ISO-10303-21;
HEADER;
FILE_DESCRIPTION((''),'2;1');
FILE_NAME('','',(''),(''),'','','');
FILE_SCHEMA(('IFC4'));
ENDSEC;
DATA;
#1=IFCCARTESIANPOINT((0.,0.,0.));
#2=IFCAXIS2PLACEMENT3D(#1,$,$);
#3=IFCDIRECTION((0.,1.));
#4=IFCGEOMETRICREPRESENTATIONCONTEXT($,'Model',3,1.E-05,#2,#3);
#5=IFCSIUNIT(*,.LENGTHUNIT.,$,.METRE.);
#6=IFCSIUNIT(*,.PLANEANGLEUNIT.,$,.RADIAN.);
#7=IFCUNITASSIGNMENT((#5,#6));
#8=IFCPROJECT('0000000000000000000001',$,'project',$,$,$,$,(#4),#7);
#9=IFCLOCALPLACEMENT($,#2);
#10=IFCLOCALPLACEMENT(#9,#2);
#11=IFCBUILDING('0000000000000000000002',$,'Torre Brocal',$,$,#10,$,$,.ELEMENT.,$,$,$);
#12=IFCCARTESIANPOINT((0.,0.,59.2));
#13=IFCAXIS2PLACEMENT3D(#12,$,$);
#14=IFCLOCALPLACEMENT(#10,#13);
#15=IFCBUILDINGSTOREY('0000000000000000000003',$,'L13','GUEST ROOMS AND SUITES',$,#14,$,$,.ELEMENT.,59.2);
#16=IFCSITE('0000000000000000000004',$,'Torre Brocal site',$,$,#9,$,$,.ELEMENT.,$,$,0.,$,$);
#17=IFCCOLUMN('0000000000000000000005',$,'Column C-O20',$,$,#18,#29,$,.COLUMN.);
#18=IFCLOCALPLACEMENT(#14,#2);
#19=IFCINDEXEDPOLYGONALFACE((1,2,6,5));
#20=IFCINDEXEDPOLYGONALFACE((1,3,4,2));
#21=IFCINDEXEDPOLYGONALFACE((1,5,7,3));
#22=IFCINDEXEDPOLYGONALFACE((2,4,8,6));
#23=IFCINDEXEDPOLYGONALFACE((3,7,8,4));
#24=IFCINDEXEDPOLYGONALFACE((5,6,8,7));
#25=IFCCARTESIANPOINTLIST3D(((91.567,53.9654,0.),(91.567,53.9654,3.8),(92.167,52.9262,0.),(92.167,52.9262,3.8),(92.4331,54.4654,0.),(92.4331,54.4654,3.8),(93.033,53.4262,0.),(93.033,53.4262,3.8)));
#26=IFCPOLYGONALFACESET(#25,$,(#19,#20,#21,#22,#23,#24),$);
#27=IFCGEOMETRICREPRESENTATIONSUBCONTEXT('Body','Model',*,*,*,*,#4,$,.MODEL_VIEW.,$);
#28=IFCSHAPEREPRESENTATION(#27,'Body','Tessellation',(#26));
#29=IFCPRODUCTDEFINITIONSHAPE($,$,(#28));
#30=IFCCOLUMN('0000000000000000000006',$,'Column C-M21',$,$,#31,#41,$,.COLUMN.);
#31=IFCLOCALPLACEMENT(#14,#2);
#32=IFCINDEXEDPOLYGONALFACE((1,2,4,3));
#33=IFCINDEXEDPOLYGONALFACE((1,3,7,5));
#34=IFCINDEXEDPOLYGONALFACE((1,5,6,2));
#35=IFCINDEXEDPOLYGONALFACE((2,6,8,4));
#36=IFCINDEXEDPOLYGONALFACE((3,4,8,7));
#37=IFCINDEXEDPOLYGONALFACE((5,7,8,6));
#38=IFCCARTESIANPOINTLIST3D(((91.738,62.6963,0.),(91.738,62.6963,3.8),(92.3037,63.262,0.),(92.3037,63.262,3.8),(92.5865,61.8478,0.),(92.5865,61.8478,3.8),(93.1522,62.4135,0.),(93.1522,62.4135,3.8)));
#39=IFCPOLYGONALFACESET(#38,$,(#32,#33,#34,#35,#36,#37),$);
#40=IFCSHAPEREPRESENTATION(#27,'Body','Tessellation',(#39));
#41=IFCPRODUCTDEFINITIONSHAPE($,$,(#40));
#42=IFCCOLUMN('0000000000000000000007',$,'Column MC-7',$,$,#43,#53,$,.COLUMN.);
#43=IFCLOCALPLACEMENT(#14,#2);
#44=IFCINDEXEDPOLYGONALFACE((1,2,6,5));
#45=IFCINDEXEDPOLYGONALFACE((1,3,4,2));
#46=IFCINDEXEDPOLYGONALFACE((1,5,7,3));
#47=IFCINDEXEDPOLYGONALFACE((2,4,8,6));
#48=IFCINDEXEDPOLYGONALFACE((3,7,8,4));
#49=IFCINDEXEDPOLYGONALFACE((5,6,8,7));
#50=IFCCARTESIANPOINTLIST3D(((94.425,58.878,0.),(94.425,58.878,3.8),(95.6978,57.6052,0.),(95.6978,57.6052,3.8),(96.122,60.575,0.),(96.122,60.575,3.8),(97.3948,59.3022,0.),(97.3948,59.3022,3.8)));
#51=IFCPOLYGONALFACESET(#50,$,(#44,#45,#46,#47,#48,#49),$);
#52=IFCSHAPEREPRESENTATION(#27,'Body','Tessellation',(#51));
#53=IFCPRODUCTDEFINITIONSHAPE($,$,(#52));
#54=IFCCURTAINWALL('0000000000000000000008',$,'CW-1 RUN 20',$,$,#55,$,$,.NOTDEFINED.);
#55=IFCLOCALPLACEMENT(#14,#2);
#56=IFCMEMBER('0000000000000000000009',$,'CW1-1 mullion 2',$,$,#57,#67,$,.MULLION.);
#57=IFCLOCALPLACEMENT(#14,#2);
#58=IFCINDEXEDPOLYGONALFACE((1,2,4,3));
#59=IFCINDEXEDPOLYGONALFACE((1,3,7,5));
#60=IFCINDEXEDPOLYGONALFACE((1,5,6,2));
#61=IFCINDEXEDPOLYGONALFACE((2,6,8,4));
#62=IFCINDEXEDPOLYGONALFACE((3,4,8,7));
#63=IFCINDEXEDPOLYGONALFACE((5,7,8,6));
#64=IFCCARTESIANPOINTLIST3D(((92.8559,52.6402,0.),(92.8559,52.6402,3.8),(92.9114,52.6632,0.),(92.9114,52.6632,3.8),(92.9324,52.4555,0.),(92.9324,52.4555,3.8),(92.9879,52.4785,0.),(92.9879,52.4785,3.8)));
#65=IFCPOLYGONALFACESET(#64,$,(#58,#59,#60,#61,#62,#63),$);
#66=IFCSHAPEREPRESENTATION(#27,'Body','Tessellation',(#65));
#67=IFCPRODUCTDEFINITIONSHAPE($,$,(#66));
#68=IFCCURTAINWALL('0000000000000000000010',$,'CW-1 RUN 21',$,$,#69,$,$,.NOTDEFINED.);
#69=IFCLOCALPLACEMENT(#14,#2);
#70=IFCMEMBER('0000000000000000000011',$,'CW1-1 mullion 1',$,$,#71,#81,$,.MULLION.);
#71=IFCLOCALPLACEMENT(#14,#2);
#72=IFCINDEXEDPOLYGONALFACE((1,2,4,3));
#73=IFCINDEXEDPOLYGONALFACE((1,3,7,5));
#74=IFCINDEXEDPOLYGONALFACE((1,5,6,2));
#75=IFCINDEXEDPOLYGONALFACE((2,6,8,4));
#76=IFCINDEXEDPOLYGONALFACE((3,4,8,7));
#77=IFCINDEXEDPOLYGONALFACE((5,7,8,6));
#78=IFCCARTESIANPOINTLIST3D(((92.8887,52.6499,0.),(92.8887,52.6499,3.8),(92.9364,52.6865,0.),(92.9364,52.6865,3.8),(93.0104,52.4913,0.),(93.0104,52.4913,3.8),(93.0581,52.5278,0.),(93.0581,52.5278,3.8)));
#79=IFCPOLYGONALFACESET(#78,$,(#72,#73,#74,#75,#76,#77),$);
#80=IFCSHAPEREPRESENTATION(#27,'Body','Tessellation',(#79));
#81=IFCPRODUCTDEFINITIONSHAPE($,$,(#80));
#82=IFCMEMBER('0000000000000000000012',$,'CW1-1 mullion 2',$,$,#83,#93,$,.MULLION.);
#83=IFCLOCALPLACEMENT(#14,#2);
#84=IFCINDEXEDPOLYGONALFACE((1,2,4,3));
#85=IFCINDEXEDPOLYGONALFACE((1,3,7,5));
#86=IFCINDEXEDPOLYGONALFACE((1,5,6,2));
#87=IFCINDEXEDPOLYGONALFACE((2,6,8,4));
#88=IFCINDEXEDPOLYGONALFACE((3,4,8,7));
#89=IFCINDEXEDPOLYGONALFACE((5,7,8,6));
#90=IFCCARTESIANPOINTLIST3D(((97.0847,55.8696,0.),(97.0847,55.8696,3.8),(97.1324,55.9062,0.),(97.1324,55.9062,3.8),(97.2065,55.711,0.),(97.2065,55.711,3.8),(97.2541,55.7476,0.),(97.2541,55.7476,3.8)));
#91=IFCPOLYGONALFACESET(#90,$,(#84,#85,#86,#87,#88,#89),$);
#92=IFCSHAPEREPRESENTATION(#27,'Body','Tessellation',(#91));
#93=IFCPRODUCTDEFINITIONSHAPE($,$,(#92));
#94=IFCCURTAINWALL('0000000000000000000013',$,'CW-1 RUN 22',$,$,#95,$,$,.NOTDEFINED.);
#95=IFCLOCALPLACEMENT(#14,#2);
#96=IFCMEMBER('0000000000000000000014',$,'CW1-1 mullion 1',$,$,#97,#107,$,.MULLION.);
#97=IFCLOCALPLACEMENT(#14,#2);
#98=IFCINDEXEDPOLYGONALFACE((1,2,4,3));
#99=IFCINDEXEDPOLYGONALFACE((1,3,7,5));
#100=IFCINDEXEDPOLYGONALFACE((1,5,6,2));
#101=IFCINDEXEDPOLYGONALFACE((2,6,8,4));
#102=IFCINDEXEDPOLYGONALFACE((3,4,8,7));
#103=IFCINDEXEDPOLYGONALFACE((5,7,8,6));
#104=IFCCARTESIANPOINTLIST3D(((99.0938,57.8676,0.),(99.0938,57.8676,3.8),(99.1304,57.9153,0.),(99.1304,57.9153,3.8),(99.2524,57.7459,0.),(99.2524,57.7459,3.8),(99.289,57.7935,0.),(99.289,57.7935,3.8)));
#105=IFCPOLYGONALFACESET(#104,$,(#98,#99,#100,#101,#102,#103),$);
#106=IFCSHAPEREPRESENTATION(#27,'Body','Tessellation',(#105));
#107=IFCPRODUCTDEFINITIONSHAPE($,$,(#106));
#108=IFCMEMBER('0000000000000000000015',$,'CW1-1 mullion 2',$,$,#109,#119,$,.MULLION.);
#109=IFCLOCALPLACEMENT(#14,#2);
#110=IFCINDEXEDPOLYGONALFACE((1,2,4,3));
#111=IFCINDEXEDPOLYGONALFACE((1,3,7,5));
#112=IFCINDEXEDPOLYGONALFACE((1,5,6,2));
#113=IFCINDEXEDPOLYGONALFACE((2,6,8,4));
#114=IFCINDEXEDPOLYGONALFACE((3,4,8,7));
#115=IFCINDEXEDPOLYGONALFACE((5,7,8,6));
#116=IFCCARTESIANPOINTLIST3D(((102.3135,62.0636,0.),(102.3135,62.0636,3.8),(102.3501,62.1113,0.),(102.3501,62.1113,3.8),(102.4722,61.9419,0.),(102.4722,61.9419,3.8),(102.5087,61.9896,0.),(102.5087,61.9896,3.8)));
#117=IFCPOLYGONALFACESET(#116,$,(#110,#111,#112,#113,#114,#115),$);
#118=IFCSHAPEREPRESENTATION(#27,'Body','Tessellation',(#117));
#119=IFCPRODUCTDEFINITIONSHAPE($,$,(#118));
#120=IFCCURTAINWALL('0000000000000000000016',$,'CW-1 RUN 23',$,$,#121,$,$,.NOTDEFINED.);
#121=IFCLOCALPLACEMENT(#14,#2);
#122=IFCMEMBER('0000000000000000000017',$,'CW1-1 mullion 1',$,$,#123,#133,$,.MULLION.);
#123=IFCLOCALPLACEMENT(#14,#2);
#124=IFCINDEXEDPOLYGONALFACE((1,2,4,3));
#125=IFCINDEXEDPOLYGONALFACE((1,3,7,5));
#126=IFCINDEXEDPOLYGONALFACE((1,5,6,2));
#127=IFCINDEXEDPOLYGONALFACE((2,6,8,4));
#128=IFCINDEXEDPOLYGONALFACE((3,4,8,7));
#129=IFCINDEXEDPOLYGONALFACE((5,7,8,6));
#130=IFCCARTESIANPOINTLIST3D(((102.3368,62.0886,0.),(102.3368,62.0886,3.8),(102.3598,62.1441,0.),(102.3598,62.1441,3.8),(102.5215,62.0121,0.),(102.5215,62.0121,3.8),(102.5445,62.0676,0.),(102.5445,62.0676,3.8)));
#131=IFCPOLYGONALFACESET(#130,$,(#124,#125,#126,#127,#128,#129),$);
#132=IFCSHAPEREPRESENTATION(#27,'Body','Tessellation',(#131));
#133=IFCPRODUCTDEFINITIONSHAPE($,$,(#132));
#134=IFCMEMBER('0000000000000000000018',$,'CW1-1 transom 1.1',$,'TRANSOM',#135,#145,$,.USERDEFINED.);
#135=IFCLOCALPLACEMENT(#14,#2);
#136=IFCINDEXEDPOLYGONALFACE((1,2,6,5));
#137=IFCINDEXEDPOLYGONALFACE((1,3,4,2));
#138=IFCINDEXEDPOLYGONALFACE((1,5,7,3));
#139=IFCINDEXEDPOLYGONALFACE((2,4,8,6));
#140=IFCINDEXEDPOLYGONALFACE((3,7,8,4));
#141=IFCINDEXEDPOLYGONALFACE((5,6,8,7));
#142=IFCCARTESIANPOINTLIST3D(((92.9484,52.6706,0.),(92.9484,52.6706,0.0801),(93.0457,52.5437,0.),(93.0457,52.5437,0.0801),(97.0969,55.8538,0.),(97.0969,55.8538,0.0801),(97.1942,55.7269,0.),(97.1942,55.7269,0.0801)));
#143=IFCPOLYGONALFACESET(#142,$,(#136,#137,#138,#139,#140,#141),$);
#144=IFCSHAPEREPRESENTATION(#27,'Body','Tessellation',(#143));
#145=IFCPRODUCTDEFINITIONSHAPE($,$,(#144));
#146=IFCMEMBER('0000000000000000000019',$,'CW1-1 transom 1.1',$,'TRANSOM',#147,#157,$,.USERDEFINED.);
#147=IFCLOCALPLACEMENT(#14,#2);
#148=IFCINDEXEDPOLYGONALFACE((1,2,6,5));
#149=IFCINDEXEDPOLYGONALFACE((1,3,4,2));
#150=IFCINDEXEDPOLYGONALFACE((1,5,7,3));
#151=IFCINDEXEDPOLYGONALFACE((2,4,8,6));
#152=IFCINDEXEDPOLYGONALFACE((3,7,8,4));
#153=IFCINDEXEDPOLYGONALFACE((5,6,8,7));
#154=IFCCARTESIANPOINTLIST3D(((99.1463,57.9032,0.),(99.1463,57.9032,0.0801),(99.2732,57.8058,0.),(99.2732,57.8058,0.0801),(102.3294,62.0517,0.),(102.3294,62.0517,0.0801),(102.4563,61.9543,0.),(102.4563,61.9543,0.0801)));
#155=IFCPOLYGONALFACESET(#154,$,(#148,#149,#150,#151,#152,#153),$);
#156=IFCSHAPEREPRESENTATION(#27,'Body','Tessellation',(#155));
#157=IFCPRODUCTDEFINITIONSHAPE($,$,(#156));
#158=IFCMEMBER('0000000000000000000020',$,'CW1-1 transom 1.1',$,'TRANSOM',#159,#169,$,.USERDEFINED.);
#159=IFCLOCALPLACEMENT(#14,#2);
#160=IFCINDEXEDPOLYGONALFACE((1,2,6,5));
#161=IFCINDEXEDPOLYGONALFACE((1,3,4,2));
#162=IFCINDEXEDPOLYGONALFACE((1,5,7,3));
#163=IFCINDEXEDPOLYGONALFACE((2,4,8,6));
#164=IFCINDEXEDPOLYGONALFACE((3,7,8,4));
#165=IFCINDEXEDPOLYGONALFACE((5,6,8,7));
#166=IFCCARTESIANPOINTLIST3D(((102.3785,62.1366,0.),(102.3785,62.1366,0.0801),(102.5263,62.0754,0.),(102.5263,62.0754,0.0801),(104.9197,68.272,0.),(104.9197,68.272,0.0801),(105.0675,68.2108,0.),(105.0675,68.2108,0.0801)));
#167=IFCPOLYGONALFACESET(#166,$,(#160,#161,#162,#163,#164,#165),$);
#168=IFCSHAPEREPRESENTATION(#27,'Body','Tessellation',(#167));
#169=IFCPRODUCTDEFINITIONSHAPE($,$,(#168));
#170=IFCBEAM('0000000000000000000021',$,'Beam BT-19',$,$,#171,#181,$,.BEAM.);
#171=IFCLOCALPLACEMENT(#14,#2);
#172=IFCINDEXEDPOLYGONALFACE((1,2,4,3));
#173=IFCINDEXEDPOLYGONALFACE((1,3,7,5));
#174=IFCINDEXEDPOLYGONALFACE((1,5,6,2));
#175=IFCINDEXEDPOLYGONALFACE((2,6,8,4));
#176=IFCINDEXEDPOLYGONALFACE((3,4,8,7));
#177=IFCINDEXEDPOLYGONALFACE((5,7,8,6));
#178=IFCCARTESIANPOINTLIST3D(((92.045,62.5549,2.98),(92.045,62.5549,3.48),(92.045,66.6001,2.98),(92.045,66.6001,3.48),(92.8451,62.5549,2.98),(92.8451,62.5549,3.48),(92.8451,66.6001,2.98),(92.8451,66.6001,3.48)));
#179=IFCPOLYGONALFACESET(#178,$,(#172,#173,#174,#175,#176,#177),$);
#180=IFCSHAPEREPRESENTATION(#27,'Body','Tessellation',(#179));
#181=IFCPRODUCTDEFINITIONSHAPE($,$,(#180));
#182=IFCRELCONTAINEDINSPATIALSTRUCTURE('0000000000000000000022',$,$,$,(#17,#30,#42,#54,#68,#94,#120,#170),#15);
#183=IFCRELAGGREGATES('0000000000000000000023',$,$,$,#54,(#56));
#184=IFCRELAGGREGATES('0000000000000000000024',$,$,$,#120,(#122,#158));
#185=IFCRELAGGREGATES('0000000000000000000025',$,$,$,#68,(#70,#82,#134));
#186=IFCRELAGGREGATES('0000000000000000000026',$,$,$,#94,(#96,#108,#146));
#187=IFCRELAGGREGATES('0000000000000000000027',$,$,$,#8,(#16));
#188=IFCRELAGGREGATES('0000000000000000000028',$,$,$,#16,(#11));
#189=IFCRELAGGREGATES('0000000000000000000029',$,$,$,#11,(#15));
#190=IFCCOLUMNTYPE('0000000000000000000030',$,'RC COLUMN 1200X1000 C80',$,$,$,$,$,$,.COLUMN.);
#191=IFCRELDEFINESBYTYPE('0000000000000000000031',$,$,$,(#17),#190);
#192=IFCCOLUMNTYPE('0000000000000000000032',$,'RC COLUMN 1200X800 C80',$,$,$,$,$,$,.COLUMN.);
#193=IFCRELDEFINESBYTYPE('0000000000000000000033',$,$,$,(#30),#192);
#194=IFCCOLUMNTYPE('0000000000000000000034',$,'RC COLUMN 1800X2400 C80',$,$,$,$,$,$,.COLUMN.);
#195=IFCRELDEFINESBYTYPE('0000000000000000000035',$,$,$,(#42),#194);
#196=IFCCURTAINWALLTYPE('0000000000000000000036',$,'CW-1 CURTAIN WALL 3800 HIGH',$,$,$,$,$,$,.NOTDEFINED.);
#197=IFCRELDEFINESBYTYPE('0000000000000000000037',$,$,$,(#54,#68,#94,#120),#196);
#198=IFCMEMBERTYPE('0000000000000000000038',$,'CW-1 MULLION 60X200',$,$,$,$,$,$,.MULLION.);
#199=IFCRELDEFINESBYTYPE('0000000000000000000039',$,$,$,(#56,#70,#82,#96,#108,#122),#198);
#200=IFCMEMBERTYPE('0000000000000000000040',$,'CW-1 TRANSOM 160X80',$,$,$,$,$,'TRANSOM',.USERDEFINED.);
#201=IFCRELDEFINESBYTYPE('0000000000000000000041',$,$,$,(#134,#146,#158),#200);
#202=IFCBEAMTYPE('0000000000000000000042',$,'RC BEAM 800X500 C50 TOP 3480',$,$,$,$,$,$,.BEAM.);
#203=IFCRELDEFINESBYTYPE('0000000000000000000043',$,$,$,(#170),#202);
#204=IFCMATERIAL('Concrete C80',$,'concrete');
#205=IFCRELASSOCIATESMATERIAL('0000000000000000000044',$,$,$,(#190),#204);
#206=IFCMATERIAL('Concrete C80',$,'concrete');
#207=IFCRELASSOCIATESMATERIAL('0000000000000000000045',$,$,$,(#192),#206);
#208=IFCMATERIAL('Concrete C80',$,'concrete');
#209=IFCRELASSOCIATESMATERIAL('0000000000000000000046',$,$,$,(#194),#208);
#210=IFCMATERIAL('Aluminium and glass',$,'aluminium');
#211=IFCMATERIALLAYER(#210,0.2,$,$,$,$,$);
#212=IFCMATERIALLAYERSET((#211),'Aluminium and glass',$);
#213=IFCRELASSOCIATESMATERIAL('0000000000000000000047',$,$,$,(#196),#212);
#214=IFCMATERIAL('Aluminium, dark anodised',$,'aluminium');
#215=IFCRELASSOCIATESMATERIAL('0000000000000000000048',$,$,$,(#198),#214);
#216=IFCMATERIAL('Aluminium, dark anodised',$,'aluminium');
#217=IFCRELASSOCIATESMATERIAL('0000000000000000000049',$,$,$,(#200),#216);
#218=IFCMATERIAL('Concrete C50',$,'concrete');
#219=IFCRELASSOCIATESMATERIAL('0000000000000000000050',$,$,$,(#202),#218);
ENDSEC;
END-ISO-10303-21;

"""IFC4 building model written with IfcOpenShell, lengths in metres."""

from ifc_helpers import new_model, si_unit, direction, frame, origin, origin_2d, place, context, subcontext, project, spatial, rectangle, extrude, material, layer, layer_set, material_profile, profile_set, type_object, element, aggregate, save


model = new_model("IFC4")

# Units and contexts
model_context = context("Model", 3, precision=1e-05, world=origin(), true_north=direction((0.0, 1.0)))
body_context = subcontext(model_context, "Body", "Model", "MODEL_VIEW")
ifc_project = project(units=[si_unit("LENGTHUNIT", "METRE"), si_unit("PLANEANGLEUNIT", "RADIAN")], contexts=[model_context])

# Site, building, storey
site_placement = place(None, origin())
site = spatial("IfcSite", under=ifc_project, at=site_placement, Name="Torre Brocal site", CompositionType="ELEMENT", RefElevation=0.0)
building_placement = place(site_placement, origin())
building = spatial("IfcBuilding", under=site, at=building_placement, Name="Torre Brocal", CompositionType="ELEMENT")
storey_placement = place(building_placement, frame((0.0, 0.0, 59.2)))
storey = spatial("IfcBuildingStorey", under=building, at=storey_placement, Name="L13", Description="GUEST ROOMS AND SUITES", CompositionType="ELEMENT", Elevation=59.2)

# Columns
ifc_material_1 = material(Name="Concrete C80", Category="concrete")
ifc_material_profile_1 = material_profile(ifc_material_1, rectangle(XDim=1.2, YDim=1.0, at=origin_2d()), Name="RC 1200X1000")
ifc_profile_set_1 = profile_set([ifc_material_profile_1], Name="Concrete C80")
column_type_1 = type_object("IfcColumnType", Name="RC COLUMN 1200X1000 C80", PredefinedType="COLUMN", material=ifc_profile_set_1)
column_1_placement = place(storey_placement, frame((92.3, 53.6958, 0.0), z_axis=(0.0, 0.0, 1.0), x_axis=(0.5, -0.866025, 0.0)))
element("IfcColumn", 1, at=column_1_placement, inside=storey, type_object=column_type_1, Name="Column C-O20", PredefinedType="COLUMN", context=body_context, shape_type="SweptSolid", body=[
    extrude(rectangle(XDim=1.2, YDim=1.0, at=origin_2d()), origin(), (0.0, 0.0, 1.0), 3.8),
])
ifc_material_2 = material(Name="Concrete C80", Category="concrete")
ifc_material_profile_2 = material_profile(ifc_material_2, rectangle(XDim=1.2, YDim=0.8, at=origin_2d()), Name="RC 1200X800")
ifc_profile_set_2 = profile_set([ifc_material_profile_2], Name="Concrete C80")
column_type_2 = type_object("IfcColumnType", Name="RC COLUMN 1200X800 C80", PredefinedType="COLUMN", material=ifc_profile_set_2)
column_2_placement = place(storey_placement, frame((92.4451, 62.5549, 0.0), z_axis=(0.0, 0.0, 1.0), x_axis=(0.707107, -0.707107, 0.0)))
element("IfcColumn", 2, at=column_2_placement, inside=storey, type_object=column_type_2, Name="Column C-M21", PredefinedType="COLUMN", context=body_context, shape_type="SweptSolid", body=[
    extrude(rectangle(XDim=1.2, YDim=0.8, at=origin_2d()), origin(), (0.0, 0.0, 1.0), 3.8),
])
ifc_material_3 = material(Name="Concrete C80", Category="concrete")
ifc_material_profile_3 = material_profile(ifc_material_3, rectangle(XDim=1.8, YDim=2.3999, at=origin_2d()), Name="RC 1800X2400")
ifc_profile_set_3 = profile_set([ifc_material_profile_3], Name="Concrete C80")
column_type_3 = type_object("IfcColumnType", Name="RC COLUMN 1800X2400 C80", PredefinedType="COLUMN", material=ifc_profile_set_3)
column_3_placement = place(storey_placement, frame((95.9099, 59.0901, 0.0), z_axis=(0.0, 0.0, 1.0), x_axis=(0.707107, -0.707107, 0.0)))
element("IfcColumn", 3, at=column_3_placement, inside=storey, type_object=column_type_3, Name="Column MC-7", PredefinedType="COLUMN", context=body_context, shape_type="SweptSolid", body=[
    extrude(rectangle(XDim=1.8, YDim=2.3999, at=origin_2d()), origin(), (0.0, 0.0, 1.0), 3.8),
])

# Curtain wall, member
ifc_material_4 = material(Name="Aluminium and glass", Category="aluminium")
ifc_layer_1 = layer(ifc_material_4, 0.2)
ifc_layer_set_1 = layer_set([ifc_layer_1], Name="Aluminium and glass")
curtain_wall_type = type_object("IfcCurtainWallType", Name="CW-1 CURTAIN WALL 3800 HIGH", PredefinedType="NOTDEFINED", material=ifc_layer_set_1)
curtain_wall_1_placement = place(storey_placement, origin())
curtain_wall_1 = element("IfcCurtainWall", 4, at=curtain_wall_1_placement, inside=storey, type_object=curtain_wall_type, Name="CW-1 RUN 20", PredefinedType="NOTDEFINED")
ifc_material_5 = material(Name="Aluminium, dark anodised", Category="aluminium")
ifc_material_profile_4 = material_profile(ifc_material_5, rectangle(XDim=0.2, YDim=0.0601, at=origin_2d()), Name="CW-1 MULLION 60X200")
ifc_profile_set_4 = profile_set([ifc_material_profile_4], Name="Aluminium, dark anodised")
member_type_1 = type_object("IfcMemberType", Name="CW-1 MULLION 60X200", PredefinedType="MULLION", material=ifc_profile_set_4)
member_1_placement = place(storey_placement, frame((92.9219, 52.5593, 0.0), z_axis=(0.0, 0.0, 1.0), x_axis=(-0.382683, 0.92388, 0.0)))
member_1 = element("IfcMember", 5, at=member_1_placement, type_object=member_type_1, Name="CW1-1 mullion 2", PredefinedType="MULLION", context=body_context, shape_type="SweptSolid", body=[
    extrude(rectangle(XDim=0.2, YDim=0.0601, at=origin_2d()), origin(), (0.0, 0.0, 1.0), 3.8),
])
aggregate(curtain_wall_1, [member_1])

# Curtain walls, members
curtain_wall_2_placement = place(storey_placement, origin())
curtain_wall_2 = element("IfcCurtainWall", 6, at=curtain_wall_2_placement, inside=storey, type_object=curtain_wall_type, Name="CW-1 RUN 21", PredefinedType="NOTDEFINED")
member_2_placement = place(storey_placement, frame((92.9734, 52.5889, 0.0), z_axis=(0.0, 0.0, 1.0), x_axis=(-0.608761, 0.793353, 0.0)))
member_2 = element("IfcMember", 7, at=member_2_placement, type_object=member_type_1, Name="CW1-1 mullion 1", PredefinedType="MULLION", context=body_context, shape_type="SweptSolid", body=[
    extrude(rectangle(XDim=0.2, YDim=0.0601, at=origin_2d()), origin(), (0.0, 0.0, 1.0), 3.8),
])
member_3_placement = place(storey_placement, frame((97.1694, 55.8086, 0.0), z_axis=(0.0, 0.0, 1.0), x_axis=(-0.608761, 0.793353, 0.0)))
member_3 = element("IfcMember", 8, at=member_3_placement, type_object=member_type_1, Name="CW1-1 mullion 2", PredefinedType="MULLION", context=body_context, shape_type="SweptSolid", body=[
    extrude(rectangle(XDim=0.2, YDim=0.0601, at=origin_2d()), origin(), (0.0, 0.0, 1.0), 3.8),
])
curtain_wall_3_placement = place(storey_placement, origin())
curtain_wall_3 = element("IfcCurtainWall", 9, at=curtain_wall_3_placement, inside=storey, type_object=curtain_wall_type, Name="CW-1 RUN 22", PredefinedType="NOTDEFINED")
member_4_placement = place(storey_placement, frame((99.1914, 57.8306, 0.0), z_axis=(0.0, 0.0, 1.0), x_axis=(-0.793353, 0.608761, 0.0)))
member_4 = element("IfcMember", 10, at=member_4_placement, type_object=member_type_1, Name="CW1-1 mullion 1", PredefinedType="MULLION", context=body_context, shape_type="SweptSolid", body=[
    extrude(rectangle(XDim=0.2, YDim=0.0601, at=origin_2d()), origin(), (0.0, 0.0, 1.0), 3.8),
])
member_5_placement = place(storey_placement, frame((102.4111, 62.0266, 0.0), z_axis=(0.0, 0.0, 1.0), x_axis=(-0.793353, 0.608761, 0.0)))
member_5 = element("IfcMember", 11, at=member_5_placement, type_object=member_type_1, Name="CW1-1 mullion 2", PredefinedType="MULLION", context=body_context, shape_type="SweptSolid", body=[
    extrude(rectangle(XDim=0.2, YDim=0.0601, at=origin_2d()), origin(), (0.0, 0.0, 1.0), 3.8),
])

# Curtain wall, member
curtain_wall_4_placement = place(storey_placement, origin())
curtain_wall_4 = element("IfcCurtainWall", 12, at=curtain_wall_4_placement, inside=storey, type_object=curtain_wall_type, Name="CW-1 RUN 23", PredefinedType="NOTDEFINED")
member_6_placement = place(storey_placement, frame((102.4407, 62.0781, 0.0), z_axis=(0.0, 0.0, 1.0), x_axis=(-0.92388, 0.382683, 0.0)))
member_6 = element("IfcMember", 13, at=member_6_placement, type_object=member_type_1, Name="CW1-1 mullion 1", PredefinedType="MULLION", context=body_context, shape_type="SweptSolid", body=[
    extrude(rectangle(XDim=0.2, YDim=0.0601, at=origin_2d()), origin(), (0.0, 0.0, 1.0), 3.8),
])

# Members
ifc_material_6 = material(Name="Aluminium, dark anodised", Category="aluminium")
ifc_material_profile_5 = material_profile(ifc_material_6, rectangle(XDim=0.1599, YDim=0.0801, at=origin_2d()), Name="CW-1 TRANSOM 160X80")
ifc_profile_set_5 = profile_set([ifc_material_profile_5], Name="Aluminium, dark anodised")
member_type_2 = type_object("IfcMemberType", Name="CW-1 TRANSOM 160X80", ElementType="TRANSOM", PredefinedType="USERDEFINED", material=ifc_profile_set_5)
member_7_placement = place(storey_placement, frame((92.9971, 52.6072, 0.04), z_axis=(0.793363, 0.608749, 0.0), x_axis=(-0.608749, 0.793363, 0.0)))
member_7 = element("IfcMember", 14, at=member_7_placement, type_object=member_type_2, Name="CW1-1 transom 1.1", ObjectType="TRANSOM", PredefinedType="USERDEFINED", context=body_context, shape_type="SweptSolid", body=[
    extrude(rectangle(XDim=0.1599, YDim=0.0801, at=origin_2d()), origin(), (0.0, 0.0, 1.0), 5.229),
])
member_8_placement = place(storey_placement, frame((99.2097, 57.8545, 0.04), z_axis=(0.608749, 0.793363, 0.0), x_axis=(-0.793363, 0.608749, 0.0)))
member_8 = element("IfcMember", 15, at=member_8_placement, type_object=member_type_2, Name="CW1-1 transom 1.1", ObjectType="TRANSOM", PredefinedType="USERDEFINED", context=body_context, shape_type="SweptSolid", body=[
    extrude(rectangle(XDim=0.1599, YDim=0.0801, at=origin_2d()), origin(), (0.0, 0.0, 1.0), 5.229),
])
member_9_placement = place(storey_placement, frame((102.4524, 62.106, 0.04), z_axis=(0.382665, 0.923887, 0.0), x_axis=(-0.923887, 0.382665, 0.0)))
member_9 = element("IfcMember", 16, at=member_9_placement, type_object=member_type_2, Name="CW1-1 transom 1.1", ObjectType="TRANSOM", PredefinedType="USERDEFINED", context=body_context, shape_type="SweptSolid", body=[
    extrude(rectangle(XDim=0.1599, YDim=0.0801, at=origin_2d()), origin(), (0.0, 0.0, 1.0), 6.6409),
])
aggregate(curtain_wall_4, [member_6, member_9])

# Beam
ifc_material_7 = material(Name="Concrete C50", Category="concrete")
ifc_material_profile_6 = material_profile(ifc_material_7, rectangle(XDim=0.8, YDim=0.5, at=origin_2d()), Name="RC 800X500")
ifc_profile_set_6 = profile_set([ifc_material_profile_6], Name="Concrete C50")
beam_type_1 = type_object("IfcBeamType", Name="RC BEAM 800X500 C50 TOP 3480", PredefinedType="BEAM", material=ifc_profile_set_6)
beam_placement = place(storey_placement, frame((92.4451, 62.5549, 3.23), z_axis=(0.0, 1.0, 0.0), x_axis=(-1.0, 0.0, 0.0)))
element("IfcBeam", 17, at=beam_placement, inside=storey, type_object=beam_type_1, Name="Beam BT-19", PredefinedType="BEAM", context=body_context, shape_type="SweptSolid", body=[
    extrude(rectangle(XDim=0.8, YDim=0.5, at=origin_2d()), origin(), (0.0, 0.0, 1.0), 4.0452),
])

aggregate(curtain_wall_2, [member_2, member_3, member_7])
aggregate(curtain_wall_3, [member_4, member_5, member_8])

save(model, "model.ifc")
